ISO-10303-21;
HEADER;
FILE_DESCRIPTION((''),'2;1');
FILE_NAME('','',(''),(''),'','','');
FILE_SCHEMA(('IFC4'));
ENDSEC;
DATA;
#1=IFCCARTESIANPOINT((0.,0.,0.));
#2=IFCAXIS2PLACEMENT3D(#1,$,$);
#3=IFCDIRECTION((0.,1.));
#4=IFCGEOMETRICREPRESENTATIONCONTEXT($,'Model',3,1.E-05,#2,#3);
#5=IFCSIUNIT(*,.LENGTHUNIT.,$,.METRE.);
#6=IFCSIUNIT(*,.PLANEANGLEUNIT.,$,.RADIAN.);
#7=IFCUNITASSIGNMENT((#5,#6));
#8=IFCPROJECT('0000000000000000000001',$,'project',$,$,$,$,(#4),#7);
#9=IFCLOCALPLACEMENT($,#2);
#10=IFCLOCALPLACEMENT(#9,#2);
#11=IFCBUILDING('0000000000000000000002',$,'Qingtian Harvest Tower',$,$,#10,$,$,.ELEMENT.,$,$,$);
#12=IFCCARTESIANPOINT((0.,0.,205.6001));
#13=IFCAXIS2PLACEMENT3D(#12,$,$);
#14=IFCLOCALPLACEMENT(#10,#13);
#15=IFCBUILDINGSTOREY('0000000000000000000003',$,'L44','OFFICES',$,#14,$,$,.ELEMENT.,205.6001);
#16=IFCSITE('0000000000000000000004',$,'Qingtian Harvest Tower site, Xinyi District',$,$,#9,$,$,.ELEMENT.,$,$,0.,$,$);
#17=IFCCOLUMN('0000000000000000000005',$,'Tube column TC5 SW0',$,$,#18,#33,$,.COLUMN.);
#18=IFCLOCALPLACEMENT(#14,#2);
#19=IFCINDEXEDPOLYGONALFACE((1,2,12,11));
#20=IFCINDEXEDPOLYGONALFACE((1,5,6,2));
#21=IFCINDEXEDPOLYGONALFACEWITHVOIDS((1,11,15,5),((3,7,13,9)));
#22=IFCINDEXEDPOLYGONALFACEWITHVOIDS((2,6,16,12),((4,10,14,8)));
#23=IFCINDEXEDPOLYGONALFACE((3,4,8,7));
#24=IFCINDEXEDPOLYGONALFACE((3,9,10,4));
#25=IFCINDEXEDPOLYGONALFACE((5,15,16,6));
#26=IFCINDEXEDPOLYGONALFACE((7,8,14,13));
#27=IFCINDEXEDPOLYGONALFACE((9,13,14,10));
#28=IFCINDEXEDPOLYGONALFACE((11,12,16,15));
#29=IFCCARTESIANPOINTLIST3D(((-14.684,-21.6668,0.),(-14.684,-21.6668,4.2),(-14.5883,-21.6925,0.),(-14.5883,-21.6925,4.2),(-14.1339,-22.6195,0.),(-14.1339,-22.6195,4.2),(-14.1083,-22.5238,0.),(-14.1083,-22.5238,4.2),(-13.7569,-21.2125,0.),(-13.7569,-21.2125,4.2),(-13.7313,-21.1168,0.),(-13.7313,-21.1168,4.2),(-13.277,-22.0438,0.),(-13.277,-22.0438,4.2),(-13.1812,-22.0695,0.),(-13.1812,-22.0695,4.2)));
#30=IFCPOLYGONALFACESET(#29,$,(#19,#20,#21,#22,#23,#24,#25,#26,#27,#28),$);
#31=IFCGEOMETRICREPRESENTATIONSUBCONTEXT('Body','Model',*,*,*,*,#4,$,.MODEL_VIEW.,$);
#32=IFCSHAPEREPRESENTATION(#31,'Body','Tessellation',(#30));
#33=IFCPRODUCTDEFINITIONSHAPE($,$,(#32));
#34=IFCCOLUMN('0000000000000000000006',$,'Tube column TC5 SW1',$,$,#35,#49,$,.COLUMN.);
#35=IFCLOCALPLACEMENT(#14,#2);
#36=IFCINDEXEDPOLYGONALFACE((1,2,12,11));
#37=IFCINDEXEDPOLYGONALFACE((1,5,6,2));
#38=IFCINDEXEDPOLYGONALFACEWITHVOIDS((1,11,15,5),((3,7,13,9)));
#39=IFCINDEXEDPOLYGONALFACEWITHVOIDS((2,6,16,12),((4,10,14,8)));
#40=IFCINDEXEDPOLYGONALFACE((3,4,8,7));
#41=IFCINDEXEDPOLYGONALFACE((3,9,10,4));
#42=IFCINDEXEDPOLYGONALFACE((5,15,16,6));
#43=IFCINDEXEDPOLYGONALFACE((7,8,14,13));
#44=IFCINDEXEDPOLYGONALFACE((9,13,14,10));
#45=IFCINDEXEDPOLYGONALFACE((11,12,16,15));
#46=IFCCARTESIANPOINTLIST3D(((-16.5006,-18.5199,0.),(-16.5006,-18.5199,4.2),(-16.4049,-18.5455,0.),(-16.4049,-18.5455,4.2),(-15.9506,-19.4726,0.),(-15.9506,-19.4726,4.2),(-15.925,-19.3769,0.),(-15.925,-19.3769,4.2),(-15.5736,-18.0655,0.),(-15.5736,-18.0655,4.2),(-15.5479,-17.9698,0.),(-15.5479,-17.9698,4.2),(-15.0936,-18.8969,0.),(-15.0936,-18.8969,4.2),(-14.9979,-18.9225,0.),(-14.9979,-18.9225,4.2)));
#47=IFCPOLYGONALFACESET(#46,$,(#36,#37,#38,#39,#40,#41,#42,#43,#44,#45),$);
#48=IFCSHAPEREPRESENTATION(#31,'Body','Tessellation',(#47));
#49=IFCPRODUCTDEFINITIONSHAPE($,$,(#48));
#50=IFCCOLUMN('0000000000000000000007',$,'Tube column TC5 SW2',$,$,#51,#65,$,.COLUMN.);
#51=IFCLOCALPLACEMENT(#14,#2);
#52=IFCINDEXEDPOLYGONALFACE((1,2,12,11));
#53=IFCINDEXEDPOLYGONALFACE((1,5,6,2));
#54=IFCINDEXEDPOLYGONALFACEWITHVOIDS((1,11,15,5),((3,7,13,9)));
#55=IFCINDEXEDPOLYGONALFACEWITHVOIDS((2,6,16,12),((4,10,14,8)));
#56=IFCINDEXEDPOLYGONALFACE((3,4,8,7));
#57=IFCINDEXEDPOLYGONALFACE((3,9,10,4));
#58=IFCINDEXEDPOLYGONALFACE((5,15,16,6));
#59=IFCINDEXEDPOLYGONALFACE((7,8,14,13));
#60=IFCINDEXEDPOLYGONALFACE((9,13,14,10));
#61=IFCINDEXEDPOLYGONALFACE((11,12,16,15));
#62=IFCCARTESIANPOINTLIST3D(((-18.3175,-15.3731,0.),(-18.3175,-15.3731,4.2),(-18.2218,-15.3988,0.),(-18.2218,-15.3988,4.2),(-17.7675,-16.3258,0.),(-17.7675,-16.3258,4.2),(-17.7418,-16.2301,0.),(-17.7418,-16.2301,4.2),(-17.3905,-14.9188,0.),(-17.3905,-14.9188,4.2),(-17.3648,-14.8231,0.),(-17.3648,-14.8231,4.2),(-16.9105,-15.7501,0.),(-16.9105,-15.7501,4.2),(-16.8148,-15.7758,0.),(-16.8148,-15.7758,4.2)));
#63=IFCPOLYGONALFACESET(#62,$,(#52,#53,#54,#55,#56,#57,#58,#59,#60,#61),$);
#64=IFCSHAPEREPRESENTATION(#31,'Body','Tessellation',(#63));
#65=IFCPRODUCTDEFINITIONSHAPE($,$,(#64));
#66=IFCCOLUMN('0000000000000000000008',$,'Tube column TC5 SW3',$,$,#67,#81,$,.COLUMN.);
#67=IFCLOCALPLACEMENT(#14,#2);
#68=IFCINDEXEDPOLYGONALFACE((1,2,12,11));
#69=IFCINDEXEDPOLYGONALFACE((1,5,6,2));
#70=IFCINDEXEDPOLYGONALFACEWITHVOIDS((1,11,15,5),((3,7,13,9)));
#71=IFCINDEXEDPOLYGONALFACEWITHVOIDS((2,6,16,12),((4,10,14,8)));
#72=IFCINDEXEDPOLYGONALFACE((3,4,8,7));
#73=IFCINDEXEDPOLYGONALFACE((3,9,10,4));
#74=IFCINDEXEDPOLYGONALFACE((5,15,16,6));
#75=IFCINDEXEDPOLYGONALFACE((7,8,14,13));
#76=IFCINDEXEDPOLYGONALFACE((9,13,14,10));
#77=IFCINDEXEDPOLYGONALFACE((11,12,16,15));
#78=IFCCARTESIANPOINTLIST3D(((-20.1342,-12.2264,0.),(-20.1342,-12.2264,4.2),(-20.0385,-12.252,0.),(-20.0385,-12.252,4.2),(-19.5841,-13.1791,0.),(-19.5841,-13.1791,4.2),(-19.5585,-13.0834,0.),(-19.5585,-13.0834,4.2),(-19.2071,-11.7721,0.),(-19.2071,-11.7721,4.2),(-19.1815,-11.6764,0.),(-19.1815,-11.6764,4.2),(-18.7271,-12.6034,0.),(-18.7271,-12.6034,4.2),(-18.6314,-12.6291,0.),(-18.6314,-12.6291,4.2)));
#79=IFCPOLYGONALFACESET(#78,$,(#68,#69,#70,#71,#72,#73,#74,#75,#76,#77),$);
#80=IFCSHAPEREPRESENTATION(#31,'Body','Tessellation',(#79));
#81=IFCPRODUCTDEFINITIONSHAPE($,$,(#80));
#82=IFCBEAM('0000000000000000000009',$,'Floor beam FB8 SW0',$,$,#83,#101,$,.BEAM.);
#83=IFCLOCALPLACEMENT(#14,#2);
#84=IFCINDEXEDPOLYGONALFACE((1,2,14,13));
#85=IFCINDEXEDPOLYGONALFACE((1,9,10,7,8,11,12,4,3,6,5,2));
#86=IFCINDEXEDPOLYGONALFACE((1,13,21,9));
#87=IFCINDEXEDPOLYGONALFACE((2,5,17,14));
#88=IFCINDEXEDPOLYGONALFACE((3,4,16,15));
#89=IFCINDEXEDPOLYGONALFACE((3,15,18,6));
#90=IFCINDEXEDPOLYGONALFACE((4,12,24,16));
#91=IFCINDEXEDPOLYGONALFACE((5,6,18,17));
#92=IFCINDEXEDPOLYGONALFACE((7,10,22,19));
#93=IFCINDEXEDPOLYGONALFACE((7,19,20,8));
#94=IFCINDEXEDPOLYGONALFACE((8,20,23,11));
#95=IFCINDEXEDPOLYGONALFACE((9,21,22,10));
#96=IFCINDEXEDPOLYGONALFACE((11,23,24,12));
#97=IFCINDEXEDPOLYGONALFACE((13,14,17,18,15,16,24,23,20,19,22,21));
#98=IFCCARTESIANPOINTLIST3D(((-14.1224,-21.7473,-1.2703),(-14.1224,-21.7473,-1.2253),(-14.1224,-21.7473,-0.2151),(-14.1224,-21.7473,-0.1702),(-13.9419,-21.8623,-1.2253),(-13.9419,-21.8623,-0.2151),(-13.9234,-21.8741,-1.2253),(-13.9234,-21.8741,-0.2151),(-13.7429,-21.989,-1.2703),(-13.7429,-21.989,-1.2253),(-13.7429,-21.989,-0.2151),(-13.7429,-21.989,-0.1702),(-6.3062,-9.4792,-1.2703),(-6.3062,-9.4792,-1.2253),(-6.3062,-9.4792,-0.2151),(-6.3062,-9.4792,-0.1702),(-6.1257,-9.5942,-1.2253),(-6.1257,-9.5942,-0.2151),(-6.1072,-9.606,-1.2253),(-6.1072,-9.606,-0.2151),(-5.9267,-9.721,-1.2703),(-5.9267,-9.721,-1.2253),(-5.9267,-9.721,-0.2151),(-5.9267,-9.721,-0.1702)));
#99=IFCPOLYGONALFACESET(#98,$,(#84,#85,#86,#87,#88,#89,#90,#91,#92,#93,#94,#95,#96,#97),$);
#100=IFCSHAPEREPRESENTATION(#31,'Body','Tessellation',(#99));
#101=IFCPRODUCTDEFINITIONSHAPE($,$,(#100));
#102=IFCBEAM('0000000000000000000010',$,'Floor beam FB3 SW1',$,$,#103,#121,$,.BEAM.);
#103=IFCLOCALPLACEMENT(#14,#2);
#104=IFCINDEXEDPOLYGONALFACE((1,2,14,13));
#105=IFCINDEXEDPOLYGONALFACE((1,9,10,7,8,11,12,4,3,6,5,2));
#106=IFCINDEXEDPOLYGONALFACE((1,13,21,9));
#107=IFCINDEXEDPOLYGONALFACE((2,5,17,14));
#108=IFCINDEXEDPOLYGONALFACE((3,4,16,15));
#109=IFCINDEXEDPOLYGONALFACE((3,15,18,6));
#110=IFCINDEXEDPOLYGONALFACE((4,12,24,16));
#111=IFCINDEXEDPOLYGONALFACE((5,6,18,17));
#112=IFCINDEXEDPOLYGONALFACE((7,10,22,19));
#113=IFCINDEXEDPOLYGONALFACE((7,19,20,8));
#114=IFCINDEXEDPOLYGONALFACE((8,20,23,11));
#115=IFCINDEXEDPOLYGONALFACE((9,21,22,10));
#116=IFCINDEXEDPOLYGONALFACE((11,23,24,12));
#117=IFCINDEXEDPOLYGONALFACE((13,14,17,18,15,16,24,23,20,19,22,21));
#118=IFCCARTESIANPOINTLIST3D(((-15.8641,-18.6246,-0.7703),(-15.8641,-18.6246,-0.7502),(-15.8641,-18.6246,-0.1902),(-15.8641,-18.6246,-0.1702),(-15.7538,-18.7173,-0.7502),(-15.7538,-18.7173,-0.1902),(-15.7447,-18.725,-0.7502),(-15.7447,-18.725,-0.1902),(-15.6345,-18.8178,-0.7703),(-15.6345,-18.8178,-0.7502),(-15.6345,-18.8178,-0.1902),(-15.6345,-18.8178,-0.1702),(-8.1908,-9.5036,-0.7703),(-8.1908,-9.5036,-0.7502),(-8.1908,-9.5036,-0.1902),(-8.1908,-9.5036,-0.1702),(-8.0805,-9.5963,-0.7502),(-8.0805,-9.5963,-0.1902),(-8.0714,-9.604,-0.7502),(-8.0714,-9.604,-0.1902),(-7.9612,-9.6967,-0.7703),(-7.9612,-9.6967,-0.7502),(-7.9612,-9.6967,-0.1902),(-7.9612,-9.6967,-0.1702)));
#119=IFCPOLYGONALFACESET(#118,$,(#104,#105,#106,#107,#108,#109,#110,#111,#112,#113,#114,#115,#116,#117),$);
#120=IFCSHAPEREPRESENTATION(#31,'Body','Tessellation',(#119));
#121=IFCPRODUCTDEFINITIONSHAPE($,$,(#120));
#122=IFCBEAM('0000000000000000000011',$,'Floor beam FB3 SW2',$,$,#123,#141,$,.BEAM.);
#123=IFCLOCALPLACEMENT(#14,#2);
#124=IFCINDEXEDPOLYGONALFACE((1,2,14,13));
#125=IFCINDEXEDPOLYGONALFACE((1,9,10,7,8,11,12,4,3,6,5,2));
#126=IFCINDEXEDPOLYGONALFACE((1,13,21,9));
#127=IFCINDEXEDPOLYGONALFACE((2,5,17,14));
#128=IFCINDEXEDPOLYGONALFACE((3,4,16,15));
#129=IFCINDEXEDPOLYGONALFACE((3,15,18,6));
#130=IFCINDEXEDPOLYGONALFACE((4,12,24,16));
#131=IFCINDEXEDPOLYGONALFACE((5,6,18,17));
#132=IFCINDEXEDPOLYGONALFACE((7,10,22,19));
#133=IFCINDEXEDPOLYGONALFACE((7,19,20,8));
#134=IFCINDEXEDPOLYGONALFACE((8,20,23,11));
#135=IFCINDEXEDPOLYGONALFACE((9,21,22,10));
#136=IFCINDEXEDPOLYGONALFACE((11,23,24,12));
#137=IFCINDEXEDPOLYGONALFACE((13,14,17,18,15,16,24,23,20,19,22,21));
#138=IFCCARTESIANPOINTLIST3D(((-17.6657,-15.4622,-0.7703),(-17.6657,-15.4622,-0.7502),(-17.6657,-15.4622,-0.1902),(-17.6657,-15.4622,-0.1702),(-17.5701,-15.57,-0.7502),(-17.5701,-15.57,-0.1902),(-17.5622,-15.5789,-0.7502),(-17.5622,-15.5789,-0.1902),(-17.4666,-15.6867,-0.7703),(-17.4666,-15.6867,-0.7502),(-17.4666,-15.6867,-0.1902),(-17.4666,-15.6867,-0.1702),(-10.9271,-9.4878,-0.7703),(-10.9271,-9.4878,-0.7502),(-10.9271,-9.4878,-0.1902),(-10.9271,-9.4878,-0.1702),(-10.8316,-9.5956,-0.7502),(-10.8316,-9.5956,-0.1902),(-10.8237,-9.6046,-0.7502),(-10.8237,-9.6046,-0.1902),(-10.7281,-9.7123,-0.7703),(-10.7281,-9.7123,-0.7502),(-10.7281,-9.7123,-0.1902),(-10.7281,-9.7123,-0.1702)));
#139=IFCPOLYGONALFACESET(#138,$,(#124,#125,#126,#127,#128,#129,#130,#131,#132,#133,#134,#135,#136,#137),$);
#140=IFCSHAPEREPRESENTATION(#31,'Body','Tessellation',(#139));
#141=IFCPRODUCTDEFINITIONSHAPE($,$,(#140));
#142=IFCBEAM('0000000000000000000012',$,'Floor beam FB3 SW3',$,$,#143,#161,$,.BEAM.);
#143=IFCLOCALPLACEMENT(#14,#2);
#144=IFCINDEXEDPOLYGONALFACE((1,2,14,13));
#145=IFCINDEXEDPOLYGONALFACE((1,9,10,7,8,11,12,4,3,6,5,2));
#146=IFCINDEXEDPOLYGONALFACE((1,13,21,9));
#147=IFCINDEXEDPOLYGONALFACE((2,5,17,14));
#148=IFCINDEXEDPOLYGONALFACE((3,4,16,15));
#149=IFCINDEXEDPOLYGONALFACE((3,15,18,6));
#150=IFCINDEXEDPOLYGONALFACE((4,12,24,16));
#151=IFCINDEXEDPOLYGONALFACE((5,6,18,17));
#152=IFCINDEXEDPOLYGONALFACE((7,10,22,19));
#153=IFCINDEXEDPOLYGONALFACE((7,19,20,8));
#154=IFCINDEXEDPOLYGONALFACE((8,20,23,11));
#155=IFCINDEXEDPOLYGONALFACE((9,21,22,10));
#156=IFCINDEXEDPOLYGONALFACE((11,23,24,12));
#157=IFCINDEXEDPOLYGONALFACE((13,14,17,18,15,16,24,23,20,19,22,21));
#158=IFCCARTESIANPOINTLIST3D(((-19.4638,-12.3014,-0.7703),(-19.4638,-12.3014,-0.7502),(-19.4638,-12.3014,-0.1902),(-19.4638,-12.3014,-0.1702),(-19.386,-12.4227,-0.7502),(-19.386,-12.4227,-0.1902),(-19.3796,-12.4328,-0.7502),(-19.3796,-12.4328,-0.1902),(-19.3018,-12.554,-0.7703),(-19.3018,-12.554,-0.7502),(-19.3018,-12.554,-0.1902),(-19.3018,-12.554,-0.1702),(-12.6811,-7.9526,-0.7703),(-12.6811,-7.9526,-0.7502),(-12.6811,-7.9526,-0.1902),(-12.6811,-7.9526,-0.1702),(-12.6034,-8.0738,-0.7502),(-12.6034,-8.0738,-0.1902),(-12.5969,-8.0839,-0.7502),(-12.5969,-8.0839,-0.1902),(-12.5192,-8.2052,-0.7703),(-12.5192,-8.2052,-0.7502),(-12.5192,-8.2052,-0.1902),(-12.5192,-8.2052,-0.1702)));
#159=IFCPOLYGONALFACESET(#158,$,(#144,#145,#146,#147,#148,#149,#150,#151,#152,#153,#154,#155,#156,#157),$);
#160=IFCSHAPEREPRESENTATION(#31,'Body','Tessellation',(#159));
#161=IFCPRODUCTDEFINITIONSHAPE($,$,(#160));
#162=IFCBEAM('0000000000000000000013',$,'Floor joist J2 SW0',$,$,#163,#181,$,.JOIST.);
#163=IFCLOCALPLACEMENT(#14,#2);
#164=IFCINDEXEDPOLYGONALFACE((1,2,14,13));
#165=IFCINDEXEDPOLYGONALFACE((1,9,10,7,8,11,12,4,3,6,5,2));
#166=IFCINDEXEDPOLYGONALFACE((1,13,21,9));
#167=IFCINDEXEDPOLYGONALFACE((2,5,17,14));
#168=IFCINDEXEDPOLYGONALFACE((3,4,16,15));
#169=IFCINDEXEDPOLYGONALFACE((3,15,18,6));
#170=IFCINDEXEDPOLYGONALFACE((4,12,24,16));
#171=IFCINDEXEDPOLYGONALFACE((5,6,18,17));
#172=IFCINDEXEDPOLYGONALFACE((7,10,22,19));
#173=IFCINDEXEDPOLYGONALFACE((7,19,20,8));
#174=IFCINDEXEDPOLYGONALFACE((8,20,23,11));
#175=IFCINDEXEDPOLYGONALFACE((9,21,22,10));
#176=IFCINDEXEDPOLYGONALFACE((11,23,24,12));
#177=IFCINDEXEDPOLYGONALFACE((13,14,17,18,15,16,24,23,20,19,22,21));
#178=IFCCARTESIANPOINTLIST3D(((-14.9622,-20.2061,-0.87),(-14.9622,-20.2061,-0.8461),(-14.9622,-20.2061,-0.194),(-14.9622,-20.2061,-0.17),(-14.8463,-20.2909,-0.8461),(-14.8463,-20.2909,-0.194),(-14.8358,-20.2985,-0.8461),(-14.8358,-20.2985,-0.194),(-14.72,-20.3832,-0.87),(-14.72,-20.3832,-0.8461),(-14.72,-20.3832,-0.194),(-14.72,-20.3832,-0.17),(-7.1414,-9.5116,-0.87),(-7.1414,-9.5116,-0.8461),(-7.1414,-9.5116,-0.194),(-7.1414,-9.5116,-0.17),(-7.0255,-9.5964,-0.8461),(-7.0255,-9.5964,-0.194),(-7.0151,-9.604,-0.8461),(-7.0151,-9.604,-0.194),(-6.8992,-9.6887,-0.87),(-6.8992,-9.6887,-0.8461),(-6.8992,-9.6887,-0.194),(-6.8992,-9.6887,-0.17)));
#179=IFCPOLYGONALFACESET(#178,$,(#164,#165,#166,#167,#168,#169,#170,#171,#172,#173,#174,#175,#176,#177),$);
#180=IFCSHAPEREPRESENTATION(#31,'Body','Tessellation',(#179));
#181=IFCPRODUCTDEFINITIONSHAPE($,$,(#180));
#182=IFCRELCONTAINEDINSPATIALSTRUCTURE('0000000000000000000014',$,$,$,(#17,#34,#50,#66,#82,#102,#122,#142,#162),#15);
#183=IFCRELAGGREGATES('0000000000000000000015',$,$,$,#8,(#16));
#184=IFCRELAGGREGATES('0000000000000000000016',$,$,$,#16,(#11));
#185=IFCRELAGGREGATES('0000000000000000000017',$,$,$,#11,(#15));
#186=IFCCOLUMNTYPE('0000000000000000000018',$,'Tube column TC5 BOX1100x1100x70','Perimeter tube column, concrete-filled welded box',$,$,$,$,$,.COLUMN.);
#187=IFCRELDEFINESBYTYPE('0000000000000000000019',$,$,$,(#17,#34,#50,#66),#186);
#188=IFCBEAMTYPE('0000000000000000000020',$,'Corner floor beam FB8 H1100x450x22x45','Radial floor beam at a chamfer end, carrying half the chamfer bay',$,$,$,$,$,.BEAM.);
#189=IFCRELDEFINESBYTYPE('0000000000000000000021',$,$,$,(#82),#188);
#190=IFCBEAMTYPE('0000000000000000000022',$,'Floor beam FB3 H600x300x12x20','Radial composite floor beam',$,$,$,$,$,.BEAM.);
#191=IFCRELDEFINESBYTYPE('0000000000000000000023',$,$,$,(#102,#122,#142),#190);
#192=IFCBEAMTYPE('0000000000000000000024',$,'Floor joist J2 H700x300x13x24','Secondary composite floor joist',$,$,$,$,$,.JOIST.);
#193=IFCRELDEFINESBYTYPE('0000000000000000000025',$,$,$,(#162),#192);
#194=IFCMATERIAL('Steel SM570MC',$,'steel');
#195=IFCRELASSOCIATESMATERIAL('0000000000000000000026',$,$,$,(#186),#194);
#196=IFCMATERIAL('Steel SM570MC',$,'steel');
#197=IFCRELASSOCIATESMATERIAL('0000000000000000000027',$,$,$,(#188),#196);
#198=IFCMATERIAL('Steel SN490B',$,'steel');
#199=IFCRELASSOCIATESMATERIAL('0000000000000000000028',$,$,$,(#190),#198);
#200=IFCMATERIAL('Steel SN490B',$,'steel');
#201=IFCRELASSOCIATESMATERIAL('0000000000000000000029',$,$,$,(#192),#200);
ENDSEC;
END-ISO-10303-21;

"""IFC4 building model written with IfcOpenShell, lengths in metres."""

from ifc_helpers import new_model, si_unit, direction, frame, origin, origin_2d, place, context, subcontext, project, spatial, hollow_rectangle, i_section, extrude, material, material_profile, profile_set, type_object, element, save


model = new_model("IFC4")

# Units and contexts
model_context = context("Model", 3, precision=1e-05, world=origin(), true_north=direction((0.0, 1.0)))
body_context = subcontext(model_context, "Body", "Model", "MODEL_VIEW")
ifc_project = project(units=[si_unit("LENGTHUNIT", "METRE"), si_unit("PLANEANGLEUNIT", "RADIAN")], contexts=[model_context])

# Site, building, storey
site_placement = place(None, origin())
site = spatial("IfcSite", under=ifc_project, at=site_placement, Name="Qingtian Harvest Tower site, Xinyi District", CompositionType="ELEMENT", RefElevation=0.0)
building_placement = place(site_placement, origin())
building = spatial("IfcBuilding", under=site, at=building_placement, Name="Qingtian Harvest Tower", CompositionType="ELEMENT")
storey_placement = place(building_placement, frame((0.0, 0.0, 205.6001)))
storey = spatial("IfcBuildingStorey", under=building, at=storey_placement, Name="L44", Description="OFFICES", CompositionType="ELEMENT", Elevation=205.6001)

# Columns
ifc_material_1 = material(Name="Steel SM570MC", Category="steel")
ifc_material_profile_1 = material_profile(ifc_material_1, hollow_rectangle(XDim=1.1001, YDim=1.1001, WallThickness=0.0701, at=origin_2d()), Name="BOX1100x1100x70")
ifc_profile_set_1 = profile_set([ifc_material_profile_1], Name="Steel SM570MC")
column_type = type_object("IfcColumnType", Name="Tube column TC5 BOX1100x1100x70", Description="Perimeter tube column, concrete-filled welded box", PredefinedType="COLUMN", material=ifc_profile_set_1)
for number, where, z_axis, x_axis, name in (
    (1, (-13.9326, -21.8682, 0.0), (0.0, 0.0, 1.0), (0.5, -0.866025, 0.0), "Tube column TC5 SW0"),
    (2, (-15.7493, -18.7212, 0.0), (0.0, 0.0, 1.0), (0.5, -0.866025, 0.0), "Tube column TC5 SW1"),
    (3, (-17.5662, -15.5745, 0.0), (0.0, 0.0, 1.0), (0.5, -0.866025, 0.0), "Tube column TC5 SW2"),
    (4, (-19.3828, -12.4277, 0.0), (0.0, 0.0, 1.0), (0.5, -0.866025, 0.0), "Tube column TC5 SW3"),
):
    element("IfcColumn", number, at=place(storey_placement, frame(where, z_axis=z_axis, x_axis=x_axis)), inside=storey, type_object=column_type, Name=name, PredefinedType="COLUMN", context=body_context, shape_type="SweptSolid", body=[
        extrude(hollow_rectangle(XDim=1.1001, YDim=1.1001, WallThickness=0.0701, at=origin_2d()), origin(), (0.0, 0.0, 1.0), 4.2),
    ])

# Beams
ifc_material_2 = material(Name="Steel SM570MC", Category="steel")
ifc_material_profile_2 = material_profile(ifc_material_2, i_section(OverallWidth=0.45, OverallDepth=1.1001, WebThickness=0.022, FlangeThickness=0.0449, at=origin_2d()), Name="H1100x450x22x45")
ifc_profile_set_2 = profile_set([ifc_material_profile_2], Name="Steel SM570MC")
beam_type_1 = type_object("IfcBeamType", Name="Corner floor beam FB8 H1100x450x22x45", Description="Radial floor beam at a chamfer end, carrying half the chamfer bay", PredefinedType="BEAM", material=ifc_profile_set_2)
beam_1_placement = place(storey_placement, frame((-13.9326, -21.8682, -0.7202), z_axis=(0.537326, 0.843375, 0.0), x_axis=(-0.843375, 0.537326, 0.0)))
element("IfcBeam", 5, at=beam_1_placement, inside=storey, type_object=beam_type_1, Name="Floor beam FB8 SW0", PredefinedType="BEAM", context=body_context, shape_type="SweptSolid", body=[
    extrude(i_section(OverallWidth=0.45, OverallDepth=1.1001, WebThickness=0.022, FlangeThickness=0.0449, at=origin_2d()), origin(), (0.0, 0.0, 1.0), 14.5464),
])
ifc_material_3 = material(Name="Steel SN490B", Category="steel")
ifc_material_profile_3 = material_profile(ifc_material_3, i_section(OverallWidth=0.3, OverallDepth=0.6001, WebThickness=0.012, FlangeThickness=0.02, at=origin_2d()), Name="H600x300x12x20")
ifc_profile_set_3 = profile_set([ifc_material_profile_3], Name="Steel SN490B")
beam_type_2 = type_object("IfcBeamType", Name="Floor beam FB3 H600x300x12x20", Description="Radial composite floor beam", PredefinedType="BEAM", material=ifc_profile_set_3)
beam_2_placement = place(storey_placement, frame((-15.7493, -18.7212, -0.4702), z_axis=(0.643764, 0.765224, 0.0), x_axis=(-0.765224, 0.643764, 0.0)))
element("IfcBeam", 6, at=beam_2_placement, inside=storey, type_object=beam_type_2, Name="Floor beam FB3 SW1", PredefinedType="BEAM", context=body_context, shape_type="SweptSolid", body=[
    extrude(i_section(OverallWidth=0.3, OverallDepth=0.6001, WebThickness=0.012, FlangeThickness=0.02, at=origin_2d()), origin(), (0.0, 0.0, 1.0), 11.9194),
])
beam_3_placement = place(storey_placement, frame((-17.5662, -15.5745, -0.4702), z_axis=(0.74826, 0.663406, 0.0), x_axis=(-0.663406, 0.74826, 0.0)))
element("IfcBeam", 7, at=beam_3_placement, inside=storey, type_object=beam_type_2, Name="Floor beam FB3 SW2", PredefinedType="BEAM", context=body_context, shape_type="SweptSolid", body=[
    extrude(i_section(OverallWidth=0.3, OverallDepth=0.6001, WebThickness=0.012, FlangeThickness=0.02, at=origin_2d()), origin(), (0.0, 0.0, 1.0), 9.0056),
])
beam_4_placement = place(storey_placement, frame((-19.3828, -12.4277, -0.4702), z_axis=(0.841824, 0.539753, 0.0), x_axis=(-0.539753, 0.841824, 0.0)))
element("IfcBeam", 8, at=beam_4_placement, inside=storey, type_object=beam_type_2, Name="Floor beam FB3 SW3", PredefinedType="BEAM", context=body_context, shape_type="SweptSolid", body=[
    extrude(i_section(OverallWidth=0.3, OverallDepth=0.6001, WebThickness=0.012, FlangeThickness=0.02, at=origin_2d()), origin(), (0.0, 0.0, 1.0), 8.0571),
])
ifc_material_4 = material(Name="Steel SN490B", Category="steel")
ifc_material_profile_4 = material_profile(ifc_material_4, i_section(OverallWidth=0.3, OverallDepth=0.7, WebThickness=0.0129, FlangeThickness=0.0239, at=origin_2d()), Name="H700x300x13x24")
ifc_profile_set_4 = profile_set([ifc_material_profile_4], Name="Steel SN490B")
beam_type_3 = type_object("IfcBeamType", Name="Floor joist J2 H700x300x13x24", Description="Secondary composite floor joist", PredefinedType="JOIST", material=ifc_profile_set_4)
beam_5_placement = place(storey_placement, frame((-14.8411, -20.2947, -0.52), z_axis=(0.590289, 0.807192, 0.0), x_axis=(-0.807192, 0.590289, 0.0)))
element("IfcBeam", 9, at=beam_5_placement, inside=storey, type_object=beam_type_3, Name="Floor joist J2 SW0", PredefinedType="JOIST", context=body_context, shape_type="SweptSolid", body=[
    extrude(i_section(OverallWidth=0.3, OverallDepth=0.7, WebThickness=0.0129, FlangeThickness=0.0239, at=origin_2d()), origin(), (0.0, 0.0, 1.0), 13.249),
])

save(model, "model.ifc")
